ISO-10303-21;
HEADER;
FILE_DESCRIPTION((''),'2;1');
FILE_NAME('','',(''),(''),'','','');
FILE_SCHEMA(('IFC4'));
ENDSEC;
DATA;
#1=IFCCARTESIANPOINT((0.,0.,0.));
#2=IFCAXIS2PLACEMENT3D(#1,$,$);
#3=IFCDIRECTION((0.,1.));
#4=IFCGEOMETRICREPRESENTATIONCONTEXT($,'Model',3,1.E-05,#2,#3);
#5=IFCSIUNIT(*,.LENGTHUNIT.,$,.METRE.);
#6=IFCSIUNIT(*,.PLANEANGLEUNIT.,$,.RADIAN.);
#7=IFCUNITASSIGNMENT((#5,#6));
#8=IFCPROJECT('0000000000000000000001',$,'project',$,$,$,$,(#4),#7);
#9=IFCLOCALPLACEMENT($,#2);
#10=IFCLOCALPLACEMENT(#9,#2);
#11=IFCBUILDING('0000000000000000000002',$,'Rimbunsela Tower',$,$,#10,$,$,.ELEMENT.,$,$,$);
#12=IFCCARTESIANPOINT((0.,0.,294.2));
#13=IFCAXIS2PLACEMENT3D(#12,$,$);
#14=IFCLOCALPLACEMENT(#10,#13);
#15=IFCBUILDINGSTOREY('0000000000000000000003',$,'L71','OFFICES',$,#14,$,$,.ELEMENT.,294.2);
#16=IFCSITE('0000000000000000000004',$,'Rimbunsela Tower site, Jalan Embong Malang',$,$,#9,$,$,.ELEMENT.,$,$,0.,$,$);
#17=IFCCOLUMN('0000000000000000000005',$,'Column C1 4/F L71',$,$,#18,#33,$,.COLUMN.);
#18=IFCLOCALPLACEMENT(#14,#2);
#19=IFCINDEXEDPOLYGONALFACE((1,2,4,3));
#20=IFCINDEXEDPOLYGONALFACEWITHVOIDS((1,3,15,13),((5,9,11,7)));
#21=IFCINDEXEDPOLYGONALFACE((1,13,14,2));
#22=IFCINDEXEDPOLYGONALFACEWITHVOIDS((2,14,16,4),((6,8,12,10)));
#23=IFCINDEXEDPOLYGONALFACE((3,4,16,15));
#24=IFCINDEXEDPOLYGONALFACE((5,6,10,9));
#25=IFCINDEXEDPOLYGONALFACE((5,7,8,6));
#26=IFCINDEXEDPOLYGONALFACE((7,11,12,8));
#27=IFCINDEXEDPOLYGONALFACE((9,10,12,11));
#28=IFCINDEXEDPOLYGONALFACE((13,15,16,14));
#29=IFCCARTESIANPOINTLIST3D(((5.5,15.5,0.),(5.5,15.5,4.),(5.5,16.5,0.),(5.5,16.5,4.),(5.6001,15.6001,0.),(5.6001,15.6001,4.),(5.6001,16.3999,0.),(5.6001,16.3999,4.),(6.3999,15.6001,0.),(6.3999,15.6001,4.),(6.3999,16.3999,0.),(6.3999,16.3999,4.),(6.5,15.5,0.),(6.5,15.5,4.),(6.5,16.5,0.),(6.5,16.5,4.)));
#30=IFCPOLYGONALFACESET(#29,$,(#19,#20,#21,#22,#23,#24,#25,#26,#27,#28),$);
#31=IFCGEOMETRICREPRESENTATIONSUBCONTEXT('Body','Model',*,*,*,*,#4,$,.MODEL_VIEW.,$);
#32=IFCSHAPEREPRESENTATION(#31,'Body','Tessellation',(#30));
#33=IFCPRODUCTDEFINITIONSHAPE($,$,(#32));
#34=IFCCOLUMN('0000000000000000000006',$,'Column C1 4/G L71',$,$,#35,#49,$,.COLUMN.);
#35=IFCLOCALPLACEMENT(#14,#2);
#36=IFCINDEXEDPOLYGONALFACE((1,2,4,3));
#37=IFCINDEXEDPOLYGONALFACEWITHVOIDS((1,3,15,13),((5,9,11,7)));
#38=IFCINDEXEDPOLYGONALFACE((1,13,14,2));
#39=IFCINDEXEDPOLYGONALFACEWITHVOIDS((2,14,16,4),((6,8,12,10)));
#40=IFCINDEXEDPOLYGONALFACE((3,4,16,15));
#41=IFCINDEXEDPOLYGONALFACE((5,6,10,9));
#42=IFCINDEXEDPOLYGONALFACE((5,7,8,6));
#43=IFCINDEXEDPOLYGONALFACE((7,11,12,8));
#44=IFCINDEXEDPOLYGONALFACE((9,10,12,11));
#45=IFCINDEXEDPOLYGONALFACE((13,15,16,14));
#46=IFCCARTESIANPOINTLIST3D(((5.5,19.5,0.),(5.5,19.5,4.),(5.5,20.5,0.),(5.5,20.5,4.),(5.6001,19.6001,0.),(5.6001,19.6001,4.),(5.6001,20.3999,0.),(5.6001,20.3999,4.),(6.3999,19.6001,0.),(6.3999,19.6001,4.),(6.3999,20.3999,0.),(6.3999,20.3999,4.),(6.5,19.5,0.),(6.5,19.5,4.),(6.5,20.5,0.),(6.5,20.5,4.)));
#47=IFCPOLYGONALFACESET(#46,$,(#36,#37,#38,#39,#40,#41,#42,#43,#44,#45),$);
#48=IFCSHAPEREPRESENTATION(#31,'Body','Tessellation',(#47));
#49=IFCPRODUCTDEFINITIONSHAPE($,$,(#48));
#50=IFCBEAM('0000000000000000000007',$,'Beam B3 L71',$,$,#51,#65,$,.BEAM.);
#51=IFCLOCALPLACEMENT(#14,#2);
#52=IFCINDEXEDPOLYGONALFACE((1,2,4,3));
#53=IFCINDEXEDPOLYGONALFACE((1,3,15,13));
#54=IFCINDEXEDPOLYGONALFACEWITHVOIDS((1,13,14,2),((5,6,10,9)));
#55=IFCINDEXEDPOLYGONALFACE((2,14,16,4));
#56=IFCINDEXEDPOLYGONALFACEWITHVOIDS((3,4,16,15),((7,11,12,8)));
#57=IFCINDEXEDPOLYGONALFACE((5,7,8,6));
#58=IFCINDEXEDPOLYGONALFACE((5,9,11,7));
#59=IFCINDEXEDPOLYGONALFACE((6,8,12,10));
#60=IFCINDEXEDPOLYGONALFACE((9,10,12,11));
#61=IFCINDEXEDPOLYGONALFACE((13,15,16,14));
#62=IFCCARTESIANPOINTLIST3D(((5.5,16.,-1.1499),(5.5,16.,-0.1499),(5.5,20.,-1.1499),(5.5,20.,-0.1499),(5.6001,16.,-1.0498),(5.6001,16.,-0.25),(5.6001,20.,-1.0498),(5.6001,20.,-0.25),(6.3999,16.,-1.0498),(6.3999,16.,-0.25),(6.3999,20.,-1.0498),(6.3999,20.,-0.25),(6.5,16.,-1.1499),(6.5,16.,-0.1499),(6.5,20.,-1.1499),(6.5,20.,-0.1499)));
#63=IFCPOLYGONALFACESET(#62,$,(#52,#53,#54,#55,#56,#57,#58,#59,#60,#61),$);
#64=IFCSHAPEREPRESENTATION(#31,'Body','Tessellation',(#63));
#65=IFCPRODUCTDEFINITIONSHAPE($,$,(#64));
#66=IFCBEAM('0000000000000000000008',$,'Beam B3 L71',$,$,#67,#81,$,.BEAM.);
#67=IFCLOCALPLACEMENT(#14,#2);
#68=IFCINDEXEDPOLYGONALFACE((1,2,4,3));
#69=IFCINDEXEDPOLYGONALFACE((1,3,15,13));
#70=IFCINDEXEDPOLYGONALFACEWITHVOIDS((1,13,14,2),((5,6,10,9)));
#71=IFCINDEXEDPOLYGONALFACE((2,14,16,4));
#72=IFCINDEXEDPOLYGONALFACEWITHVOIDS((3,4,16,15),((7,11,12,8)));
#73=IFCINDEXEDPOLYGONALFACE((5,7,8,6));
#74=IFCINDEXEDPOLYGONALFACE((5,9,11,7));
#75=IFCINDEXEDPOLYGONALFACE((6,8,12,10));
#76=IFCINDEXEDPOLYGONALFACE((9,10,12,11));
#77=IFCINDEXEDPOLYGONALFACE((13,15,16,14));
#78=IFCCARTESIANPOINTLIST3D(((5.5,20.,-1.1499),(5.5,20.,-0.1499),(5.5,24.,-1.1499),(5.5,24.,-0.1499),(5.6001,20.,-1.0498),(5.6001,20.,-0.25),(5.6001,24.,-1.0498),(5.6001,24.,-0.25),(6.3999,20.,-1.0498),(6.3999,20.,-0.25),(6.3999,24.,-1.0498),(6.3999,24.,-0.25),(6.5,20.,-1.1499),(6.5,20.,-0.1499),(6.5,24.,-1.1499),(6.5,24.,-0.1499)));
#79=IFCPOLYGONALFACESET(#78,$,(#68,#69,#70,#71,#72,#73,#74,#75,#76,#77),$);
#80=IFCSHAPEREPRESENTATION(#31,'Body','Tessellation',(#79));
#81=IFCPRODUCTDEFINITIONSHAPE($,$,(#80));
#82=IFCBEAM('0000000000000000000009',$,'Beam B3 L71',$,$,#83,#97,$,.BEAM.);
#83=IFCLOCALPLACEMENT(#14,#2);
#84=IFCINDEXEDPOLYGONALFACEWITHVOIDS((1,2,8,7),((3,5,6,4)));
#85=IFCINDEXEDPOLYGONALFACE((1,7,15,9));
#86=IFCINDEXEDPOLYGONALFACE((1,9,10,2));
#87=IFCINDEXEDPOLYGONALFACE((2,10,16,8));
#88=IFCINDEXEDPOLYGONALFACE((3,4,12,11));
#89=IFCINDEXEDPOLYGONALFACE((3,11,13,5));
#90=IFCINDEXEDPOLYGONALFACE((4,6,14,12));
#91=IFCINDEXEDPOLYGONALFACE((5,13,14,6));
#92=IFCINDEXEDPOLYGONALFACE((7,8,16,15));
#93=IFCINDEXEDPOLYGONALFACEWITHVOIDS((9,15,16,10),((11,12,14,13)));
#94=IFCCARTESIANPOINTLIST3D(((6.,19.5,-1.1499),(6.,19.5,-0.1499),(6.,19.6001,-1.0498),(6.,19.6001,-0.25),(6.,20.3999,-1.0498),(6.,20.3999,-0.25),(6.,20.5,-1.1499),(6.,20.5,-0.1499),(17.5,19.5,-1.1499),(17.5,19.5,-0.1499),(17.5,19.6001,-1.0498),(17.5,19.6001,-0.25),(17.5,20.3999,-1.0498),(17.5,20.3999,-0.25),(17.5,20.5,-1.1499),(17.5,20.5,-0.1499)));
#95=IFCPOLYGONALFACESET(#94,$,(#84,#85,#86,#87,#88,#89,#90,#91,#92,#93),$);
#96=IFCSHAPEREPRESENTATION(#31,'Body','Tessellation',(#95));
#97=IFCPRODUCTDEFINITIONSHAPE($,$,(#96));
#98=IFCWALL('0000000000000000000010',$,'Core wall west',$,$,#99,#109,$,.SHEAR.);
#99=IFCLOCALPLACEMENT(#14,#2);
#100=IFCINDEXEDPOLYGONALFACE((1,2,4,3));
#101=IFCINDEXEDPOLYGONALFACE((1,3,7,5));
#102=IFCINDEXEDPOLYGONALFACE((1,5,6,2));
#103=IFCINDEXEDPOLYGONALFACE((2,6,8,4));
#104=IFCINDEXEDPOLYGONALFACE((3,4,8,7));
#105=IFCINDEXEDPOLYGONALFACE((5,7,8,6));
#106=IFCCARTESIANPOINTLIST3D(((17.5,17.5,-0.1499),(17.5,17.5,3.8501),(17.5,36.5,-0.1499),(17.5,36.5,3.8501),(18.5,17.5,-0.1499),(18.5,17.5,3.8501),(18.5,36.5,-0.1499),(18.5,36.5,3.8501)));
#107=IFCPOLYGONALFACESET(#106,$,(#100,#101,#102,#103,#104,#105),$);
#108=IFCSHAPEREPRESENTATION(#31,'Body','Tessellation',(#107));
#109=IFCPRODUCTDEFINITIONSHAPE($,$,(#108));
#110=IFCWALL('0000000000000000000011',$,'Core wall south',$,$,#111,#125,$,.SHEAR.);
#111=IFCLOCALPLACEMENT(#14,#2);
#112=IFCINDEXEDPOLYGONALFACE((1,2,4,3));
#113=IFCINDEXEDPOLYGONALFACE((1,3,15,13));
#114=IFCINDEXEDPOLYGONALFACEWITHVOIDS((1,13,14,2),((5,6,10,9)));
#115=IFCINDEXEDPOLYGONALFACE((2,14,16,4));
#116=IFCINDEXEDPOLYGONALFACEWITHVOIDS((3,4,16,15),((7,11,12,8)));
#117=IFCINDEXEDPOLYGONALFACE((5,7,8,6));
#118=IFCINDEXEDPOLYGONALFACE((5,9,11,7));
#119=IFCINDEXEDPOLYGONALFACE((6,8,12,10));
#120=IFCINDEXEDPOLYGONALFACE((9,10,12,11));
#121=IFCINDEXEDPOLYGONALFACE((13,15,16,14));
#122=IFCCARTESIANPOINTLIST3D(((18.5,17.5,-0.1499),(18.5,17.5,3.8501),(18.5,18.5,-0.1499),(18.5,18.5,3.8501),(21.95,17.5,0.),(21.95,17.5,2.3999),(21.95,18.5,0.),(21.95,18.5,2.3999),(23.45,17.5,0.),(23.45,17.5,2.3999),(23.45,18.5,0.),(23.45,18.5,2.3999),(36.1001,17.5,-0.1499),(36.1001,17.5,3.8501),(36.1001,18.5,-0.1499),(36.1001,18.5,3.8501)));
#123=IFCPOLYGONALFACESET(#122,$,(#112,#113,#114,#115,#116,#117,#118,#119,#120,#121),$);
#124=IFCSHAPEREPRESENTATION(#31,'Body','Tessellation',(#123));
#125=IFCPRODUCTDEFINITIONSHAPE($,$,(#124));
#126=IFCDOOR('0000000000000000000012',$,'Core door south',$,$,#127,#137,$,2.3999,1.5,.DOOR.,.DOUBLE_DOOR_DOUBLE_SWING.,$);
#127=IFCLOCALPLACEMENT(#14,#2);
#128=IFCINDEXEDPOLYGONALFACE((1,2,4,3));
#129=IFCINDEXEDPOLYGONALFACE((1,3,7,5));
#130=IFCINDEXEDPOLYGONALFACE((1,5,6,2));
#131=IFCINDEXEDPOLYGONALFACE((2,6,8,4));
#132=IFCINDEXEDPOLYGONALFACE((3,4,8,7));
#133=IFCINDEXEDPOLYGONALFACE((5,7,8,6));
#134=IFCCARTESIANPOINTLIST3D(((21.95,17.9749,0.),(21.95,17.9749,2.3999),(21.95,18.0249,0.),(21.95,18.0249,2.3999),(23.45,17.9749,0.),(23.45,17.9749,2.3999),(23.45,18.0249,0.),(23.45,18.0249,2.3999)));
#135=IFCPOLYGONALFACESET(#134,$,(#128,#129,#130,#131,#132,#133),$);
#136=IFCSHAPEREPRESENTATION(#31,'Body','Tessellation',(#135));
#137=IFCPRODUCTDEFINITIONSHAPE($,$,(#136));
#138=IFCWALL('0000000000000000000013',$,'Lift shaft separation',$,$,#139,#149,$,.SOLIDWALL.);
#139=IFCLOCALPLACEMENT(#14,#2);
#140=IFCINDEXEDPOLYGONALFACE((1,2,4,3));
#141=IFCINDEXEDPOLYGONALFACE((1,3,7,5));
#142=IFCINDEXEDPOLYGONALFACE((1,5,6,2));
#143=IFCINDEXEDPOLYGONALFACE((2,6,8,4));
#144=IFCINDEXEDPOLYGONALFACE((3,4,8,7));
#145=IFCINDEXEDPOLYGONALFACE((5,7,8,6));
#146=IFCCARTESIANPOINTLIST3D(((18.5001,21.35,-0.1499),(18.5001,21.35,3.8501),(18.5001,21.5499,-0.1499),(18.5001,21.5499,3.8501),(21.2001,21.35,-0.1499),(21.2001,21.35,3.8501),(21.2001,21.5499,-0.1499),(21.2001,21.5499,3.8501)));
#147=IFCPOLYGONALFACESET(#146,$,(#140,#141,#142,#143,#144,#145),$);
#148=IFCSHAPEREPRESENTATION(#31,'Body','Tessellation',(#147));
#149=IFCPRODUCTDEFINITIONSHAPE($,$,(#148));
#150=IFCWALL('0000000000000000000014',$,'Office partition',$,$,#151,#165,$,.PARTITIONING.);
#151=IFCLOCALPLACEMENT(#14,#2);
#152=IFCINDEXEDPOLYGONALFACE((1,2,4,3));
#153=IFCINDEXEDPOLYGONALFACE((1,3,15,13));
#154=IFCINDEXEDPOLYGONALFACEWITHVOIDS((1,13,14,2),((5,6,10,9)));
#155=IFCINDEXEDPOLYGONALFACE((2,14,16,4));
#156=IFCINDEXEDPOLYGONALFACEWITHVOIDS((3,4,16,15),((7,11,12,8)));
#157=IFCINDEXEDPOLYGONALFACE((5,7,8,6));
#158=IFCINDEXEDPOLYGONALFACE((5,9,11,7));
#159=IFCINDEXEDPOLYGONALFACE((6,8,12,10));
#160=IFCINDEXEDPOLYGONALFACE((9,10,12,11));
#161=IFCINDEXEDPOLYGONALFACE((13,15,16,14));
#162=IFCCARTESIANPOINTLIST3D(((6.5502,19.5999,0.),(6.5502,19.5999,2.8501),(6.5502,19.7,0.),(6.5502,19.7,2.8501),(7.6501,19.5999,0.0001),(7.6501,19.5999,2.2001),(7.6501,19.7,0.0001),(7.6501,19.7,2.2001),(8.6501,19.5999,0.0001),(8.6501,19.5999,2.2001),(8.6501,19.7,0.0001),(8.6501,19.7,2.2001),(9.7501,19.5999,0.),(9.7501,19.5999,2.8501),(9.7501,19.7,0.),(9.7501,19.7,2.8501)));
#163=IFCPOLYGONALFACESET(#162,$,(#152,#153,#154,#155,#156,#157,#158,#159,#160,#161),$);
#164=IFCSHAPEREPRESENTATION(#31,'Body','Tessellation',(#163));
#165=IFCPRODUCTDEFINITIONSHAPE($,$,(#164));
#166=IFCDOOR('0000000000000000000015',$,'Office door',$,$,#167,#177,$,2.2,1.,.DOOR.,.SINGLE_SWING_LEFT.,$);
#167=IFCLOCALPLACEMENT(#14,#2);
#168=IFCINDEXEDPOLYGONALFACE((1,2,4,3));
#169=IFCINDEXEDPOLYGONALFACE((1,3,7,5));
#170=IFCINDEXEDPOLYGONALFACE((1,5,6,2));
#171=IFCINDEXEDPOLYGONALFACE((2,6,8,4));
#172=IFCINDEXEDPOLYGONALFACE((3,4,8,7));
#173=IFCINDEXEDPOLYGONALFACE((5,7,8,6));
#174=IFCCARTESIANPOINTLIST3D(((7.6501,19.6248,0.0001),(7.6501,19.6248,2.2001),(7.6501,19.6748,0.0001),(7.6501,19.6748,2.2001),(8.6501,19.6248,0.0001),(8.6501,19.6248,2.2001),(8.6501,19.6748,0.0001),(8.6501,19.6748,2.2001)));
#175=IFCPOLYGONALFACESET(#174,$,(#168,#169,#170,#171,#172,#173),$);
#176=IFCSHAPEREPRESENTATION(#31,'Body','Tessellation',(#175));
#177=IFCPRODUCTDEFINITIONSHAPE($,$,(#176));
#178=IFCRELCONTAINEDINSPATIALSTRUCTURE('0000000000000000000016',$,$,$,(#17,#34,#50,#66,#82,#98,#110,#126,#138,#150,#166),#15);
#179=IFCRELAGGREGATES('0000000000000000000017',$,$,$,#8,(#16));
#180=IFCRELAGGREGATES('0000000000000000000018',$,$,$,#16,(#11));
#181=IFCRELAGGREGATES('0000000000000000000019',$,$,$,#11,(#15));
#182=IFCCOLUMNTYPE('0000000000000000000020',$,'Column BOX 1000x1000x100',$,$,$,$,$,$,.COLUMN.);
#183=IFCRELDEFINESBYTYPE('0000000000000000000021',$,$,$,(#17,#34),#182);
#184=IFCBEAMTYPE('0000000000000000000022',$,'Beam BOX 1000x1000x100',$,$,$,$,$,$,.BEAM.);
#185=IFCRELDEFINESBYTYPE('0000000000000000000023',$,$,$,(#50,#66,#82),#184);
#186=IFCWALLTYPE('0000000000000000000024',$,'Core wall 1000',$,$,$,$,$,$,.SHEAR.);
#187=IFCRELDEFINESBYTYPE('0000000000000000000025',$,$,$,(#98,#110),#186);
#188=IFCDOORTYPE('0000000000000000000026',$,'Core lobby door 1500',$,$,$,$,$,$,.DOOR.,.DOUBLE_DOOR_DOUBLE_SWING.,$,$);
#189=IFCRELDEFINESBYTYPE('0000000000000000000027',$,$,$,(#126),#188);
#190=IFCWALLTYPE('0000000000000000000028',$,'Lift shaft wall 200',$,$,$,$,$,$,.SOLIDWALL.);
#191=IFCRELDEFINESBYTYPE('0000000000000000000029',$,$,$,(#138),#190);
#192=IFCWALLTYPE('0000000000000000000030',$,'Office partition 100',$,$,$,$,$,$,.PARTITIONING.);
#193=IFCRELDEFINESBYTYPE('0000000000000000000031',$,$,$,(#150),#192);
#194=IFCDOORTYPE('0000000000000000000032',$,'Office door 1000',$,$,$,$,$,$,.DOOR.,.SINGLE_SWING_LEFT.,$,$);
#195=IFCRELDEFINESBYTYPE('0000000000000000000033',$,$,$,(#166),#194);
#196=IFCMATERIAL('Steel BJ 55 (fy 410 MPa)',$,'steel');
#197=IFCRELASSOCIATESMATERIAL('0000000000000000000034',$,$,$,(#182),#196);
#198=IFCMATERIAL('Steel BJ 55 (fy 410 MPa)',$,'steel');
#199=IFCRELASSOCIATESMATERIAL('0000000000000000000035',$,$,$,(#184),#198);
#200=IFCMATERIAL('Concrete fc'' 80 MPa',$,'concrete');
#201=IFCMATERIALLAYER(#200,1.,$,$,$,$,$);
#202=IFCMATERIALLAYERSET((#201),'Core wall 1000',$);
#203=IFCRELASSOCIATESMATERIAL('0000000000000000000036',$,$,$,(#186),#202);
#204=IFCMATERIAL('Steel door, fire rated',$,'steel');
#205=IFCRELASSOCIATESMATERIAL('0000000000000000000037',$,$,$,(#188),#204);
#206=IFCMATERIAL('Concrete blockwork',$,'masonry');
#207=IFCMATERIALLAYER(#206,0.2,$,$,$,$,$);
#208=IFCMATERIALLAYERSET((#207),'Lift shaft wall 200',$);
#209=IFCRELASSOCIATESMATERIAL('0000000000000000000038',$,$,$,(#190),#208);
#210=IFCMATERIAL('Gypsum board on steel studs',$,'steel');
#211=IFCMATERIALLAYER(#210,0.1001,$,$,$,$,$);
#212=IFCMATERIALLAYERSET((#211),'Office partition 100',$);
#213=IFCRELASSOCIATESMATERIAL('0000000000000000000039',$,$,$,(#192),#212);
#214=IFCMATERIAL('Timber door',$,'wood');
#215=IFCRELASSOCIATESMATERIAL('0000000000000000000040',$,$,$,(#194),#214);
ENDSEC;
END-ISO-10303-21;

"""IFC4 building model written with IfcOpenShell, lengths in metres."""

from ifc_helpers import new_model, si_unit, direction, frame, frame_2d, origin, origin_2d, place, context, subcontext, project, spatial, rectangle, hollow_rectangle, extrude, material, layer, layer_set, material_profile, profile_set, type_object, element, fill, save


model = new_model("IFC4")

# Units and contexts
model_context = context("Model", 3, precision=1e-05, world=origin(), true_north=direction((0.0, 1.0)))
body_context = subcontext(model_context, "Body", "Model", "MODEL_VIEW")
ifc_project = project(units=[si_unit("LENGTHUNIT", "METRE"), si_unit("PLANEANGLEUNIT", "RADIAN")], contexts=[model_context])

# Site, building, storey
site_placement = place(None, origin())
site = spatial("IfcSite", under=ifc_project, at=site_placement, Name="Rimbunsela Tower site, Jalan Embong Malang", CompositionType="ELEMENT", RefElevation=0.0)
building_placement = place(site_placement, origin())
building = spatial("IfcBuilding", under=site, at=building_placement, Name="Rimbunsela Tower", CompositionType="ELEMENT")
storey_placement = place(building_placement, frame((0.0, 0.0, 294.2)))
storey = spatial("IfcBuildingStorey", under=building, at=storey_placement, Name="L71", Description="OFFICES", CompositionType="ELEMENT", Elevation=294.2)

# Columns
ifc_material_1 = material(Name="Steel BJ 55 (fy 410 MPa)", Category="steel")
ifc_material_profile_1 = material_profile(ifc_material_1, hollow_rectangle(XDim=1.0, YDim=1.0, WallThickness=0.1001, at=origin_2d()), Name="BOX 1000x1000x100")
ifc_profile_set_1 = profile_set([ifc_material_profile_1], Name="Steel BJ 55 (fy 410 MPa)")
column_type = type_object("IfcColumnType", Name="Column BOX 1000x1000x100", PredefinedType="COLUMN", material=ifc_profile_set_1)
for number, where, z_axis, x_axis, name in (
    (1, (6.0, 16.0, 0.0), (0.0, 0.0, 1.0), (1.0, 0.0, 0.0), "Column C1 4/F L71"),
    (2, (6.0, 20.0, 0.0), (0.0, 0.0, 1.0), (1.0, 0.0, 0.0), "Column C1 4/G L71"),
):
    element("IfcColumn", number, at=place(storey_placement, frame(where, z_axis=z_axis, x_axis=x_axis)), inside=storey, type_object=column_type, Name=name, PredefinedType="COLUMN", context=body_context, shape_type="SweptSolid", body=[
        extrude(hollow_rectangle(XDim=1.0, YDim=1.0, WallThickness=0.1001, at=origin_2d()), origin(), (0.0, 0.0, 1.0), 4.0),
    ])

# Beams
ifc_material_2 = material(Name="Steel BJ 55 (fy 410 MPa)", Category="steel")
ifc_material_profile_2 = material_profile(ifc_material_2, hollow_rectangle(XDim=1.0, YDim=1.0, WallThickness=0.1001, at=origin_2d()), Name="BOX 1000x1000x100")
ifc_profile_set_2 = profile_set([ifc_material_profile_2], Name="Steel BJ 55 (fy 410 MPa)")
beam_type = type_object("IfcBeamType", Name="Beam BOX 1000x1000x100", PredefinedType="BEAM", material=ifc_profile_set_2)
for number, where, z_axis, x_axis, name in (
    (3, (6.0, 16.0, -0.6499), (0.0, 1.0, 0.0), (-1.0, 0.0, 0.0), "Beam B3 L71"),
    (4, (6.0, 20.0, -0.6499), (0.0, 1.0, 0.0), (-1.0, 0.0, 0.0), "Beam B3 L71"),
):
    element("IfcBeam", number, at=place(storey_placement, frame(where, z_axis=z_axis, x_axis=x_axis)), inside=storey, type_object=beam_type, Name=name, PredefinedType="BEAM", context=body_context, shape_type="SweptSolid", body=[
        extrude(hollow_rectangle(XDim=1.0, YDim=1.0, WallThickness=0.1001, at=origin_2d()), origin(), (0.0, 0.0, 1.0), 4.0),
    ])
beam_placement = place(storey_placement, frame((6.0, 20.0, -0.6499), z_axis=(1.0, 0.0, 0.0), x_axis=(0.0, 1.0, 0.0)))
element("IfcBeam", 5, at=beam_placement, inside=storey, type_object=beam_type, Name="Beam B3 L71", PredefinedType="BEAM", context=body_context, shape_type="SweptSolid", body=[
    extrude(hollow_rectangle(XDim=1.0, YDim=1.0, WallThickness=0.1001, at=origin_2d()), origin(), (0.0, 0.0, 1.0), 11.5),
])

# Wall
ifc_material_3 = material(Name="Concrete fc' 80 MPa", Category="concrete")
ifc_layer_1 = layer(ifc_material_3, 1.0)
ifc_layer_set_1 = layer_set([ifc_layer_1], Name="Core wall 1000")
wall_type_1 = type_object("IfcWallType", Name="Core wall 1000", PredefinedType="SHEAR", material=ifc_layer_set_1)
wall_1_placement = place(storey_placement, frame((18.0, 17.5, -0.1499), z_axis=(0.0, 0.0, 1.0), x_axis=(0.0, 1.0, 0.0)))
element("IfcWall", 6, at=wall_1_placement, inside=storey, type_object=wall_type_1, Name="Core wall west", PredefinedType="SHEAR", context=body_context, shape_type="SweptSolid", body=[
    extrude(rectangle(XDim=19.0, YDim=1.0, at=frame_2d((9.5, 0.0))), origin(), (0.0, 0.0, 1.0), 4.0),
])

# Wall, opening, door
wall_2_placement = place(storey_placement, frame((18.5, 18.0, -0.1499), z_axis=(0.0, 0.0, 1.0), x_axis=(1.0, 0.0, 0.0)))
wall_2 = element("IfcWall", 7, at=wall_2_placement, inside=storey, type_object=wall_type_1, Name="Core wall south", PredefinedType="SHEAR", context=body_context, shape_type="SweptSolid", body=[
    extrude(rectangle(XDim=17.6001, YDim=1.0, at=frame_2d((8.8, 0.0))), origin(), (0.0, 0.0, 1.0), 4.0),
])
opening_1_placement = place(wall_2_placement, frame((3.45, 0.0, 0.1499)))
opening_1 = element("IfcOpeningElement", 8, at=opening_1_placement, cuts=wall_2, PredefinedType="OPENING", context=body_context, shape_type="SweptSolid", body=[
    extrude(rectangle(XDim=1.5, YDim=2.3999, at=frame_2d((0.75, 1.2))), frame((0.0, 0.51, 0.0), z_axis=(0.0, -1.0, 0.0), x_axis=(1.0, 0.0, 0.0)), (0.0, 0.0, 1.0), 1.02),
])
ifc_material_4 = material(Name="Steel door, fire rated", Category="steel")
door_type_1 = type_object("IfcDoorType", Name="Core lobby door 1500", OperationType="DOUBLE_DOOR_DOUBLE_SWING", PredefinedType="DOOR", material=ifc_material_4)
door_1_placement = place(opening_1_placement, origin())
door_1 = element("IfcDoor", 9, at=door_1_placement, inside=storey, type_object=door_type_1, Name="Core door south", OperationType="DOUBLE_DOOR_DOUBLE_SWING", OverallHeight=2.3999, OverallWidth=1.5, PredefinedType="DOOR", context=body_context, shape_type="SweptSolid", body=[
    extrude(rectangle(XDim=1.5, YDim=2.3999, at=frame_2d((0.75, 1.2))), frame((0.0, 0.0249, 0.0), z_axis=(0.0, -1.0, 0.0), x_axis=(1.0, 0.0, 0.0)), (0.0, 0.0, 1.0), 0.05),
])
fill(opening_1, door_1)

# Wall
ifc_material_5 = material(Name="Concrete blockwork", Category="masonry")
ifc_layer_2 = layer(ifc_material_5, 0.2)
ifc_layer_set_2 = layer_set([ifc_layer_2], Name="Lift shaft wall 200")
wall_type_2 = type_object("IfcWallType", Name="Lift shaft wall 200", PredefinedType="SOLIDWALL", material=ifc_layer_set_2)
wall_3_placement = place(storey_placement, frame((18.5, 21.45, -0.1499), z_axis=(0.0, 0.0, 1.0), x_axis=(1.0, 0.0, 0.0)))
element("IfcWall", 10, at=wall_3_placement, inside=storey, type_object=wall_type_2, Name="Lift shaft separation", PredefinedType="SOLIDWALL", context=body_context, shape_type="SweptSolid", body=[
    extrude(rectangle(XDim=2.7, YDim=0.2, at=frame_2d((1.3501, 0.0))), origin(), (0.0, 0.0, 1.0), 4.0),
])

# Wall, opening, door
ifc_material_6 = material(Name="Gypsum board on steel studs", Category="steel")
ifc_layer_3 = layer(ifc_material_6, 0.1001)
ifc_layer_set_3 = layer_set([ifc_layer_3], Name="Office partition 100")
wall_type_3 = type_object("IfcWallType", Name="Office partition 100", PredefinedType="PARTITIONING", material=ifc_layer_set_3)
wall_4_placement = place(storey_placement, frame((6.55, 19.6499, 0.0), z_axis=(0.0, 0.0, 1.0), x_axis=(1.0, 0.0, 0.0)))
wall_4 = element("IfcWall", 11, at=wall_4_placement, inside=storey, type_object=wall_type_3, Name="Office partition", PredefinedType="PARTITIONING", context=body_context, shape_type="SweptSolid", body=[
    extrude(rectangle(XDim=3.2, YDim=0.1001, at=frame_2d((1.6001, 0.0))), origin(), (0.0, 0.0, 1.0), 2.8501),
])
opening_2_placement = place(wall_4_placement, frame((1.1001, 0.0, 0.0)))
opening_2 = element("IfcOpeningElement", 12, at=opening_2_placement, cuts=wall_4, PredefinedType="OPENING", context=body_context, shape_type="SweptSolid", body=[
    extrude(rectangle(XDim=1.0, YDim=2.2, at=frame_2d((0.5, 1.1001))), frame((0.0, 0.0601, 0.0), z_axis=(0.0, -1.0, 0.0), x_axis=(1.0, 0.0, 0.0)), (0.0, 0.0, 1.0), 0.1201),
])
ifc_material_7 = material(Name="Timber door", Category="wood")
door_type_2 = type_object("IfcDoorType", Name="Office door 1000", OperationType="SINGLE_SWING_LEFT", PredefinedType="DOOR", material=ifc_material_7)
door_2_placement = place(opening_2_placement, origin())
door_2 = element("IfcDoor", 13, at=door_2_placement, inside=storey, type_object=door_type_2, Name="Office door", OperationType="SINGLE_SWING_LEFT", OverallHeight=2.2, OverallWidth=1.0, PredefinedType="DOOR", context=body_context, shape_type="SweptSolid", body=[
    extrude(rectangle(XDim=1.0, YDim=2.2, at=frame_2d((0.5, 1.1001))), frame((0.0, 0.0249, 0.0), z_axis=(0.0, -1.0, 0.0), x_axis=(1.0, 0.0, 0.0)), (0.0, 0.0, 1.0), 0.05),
])
fill(opening_2, door_2)

save(model, "model.ifc")
